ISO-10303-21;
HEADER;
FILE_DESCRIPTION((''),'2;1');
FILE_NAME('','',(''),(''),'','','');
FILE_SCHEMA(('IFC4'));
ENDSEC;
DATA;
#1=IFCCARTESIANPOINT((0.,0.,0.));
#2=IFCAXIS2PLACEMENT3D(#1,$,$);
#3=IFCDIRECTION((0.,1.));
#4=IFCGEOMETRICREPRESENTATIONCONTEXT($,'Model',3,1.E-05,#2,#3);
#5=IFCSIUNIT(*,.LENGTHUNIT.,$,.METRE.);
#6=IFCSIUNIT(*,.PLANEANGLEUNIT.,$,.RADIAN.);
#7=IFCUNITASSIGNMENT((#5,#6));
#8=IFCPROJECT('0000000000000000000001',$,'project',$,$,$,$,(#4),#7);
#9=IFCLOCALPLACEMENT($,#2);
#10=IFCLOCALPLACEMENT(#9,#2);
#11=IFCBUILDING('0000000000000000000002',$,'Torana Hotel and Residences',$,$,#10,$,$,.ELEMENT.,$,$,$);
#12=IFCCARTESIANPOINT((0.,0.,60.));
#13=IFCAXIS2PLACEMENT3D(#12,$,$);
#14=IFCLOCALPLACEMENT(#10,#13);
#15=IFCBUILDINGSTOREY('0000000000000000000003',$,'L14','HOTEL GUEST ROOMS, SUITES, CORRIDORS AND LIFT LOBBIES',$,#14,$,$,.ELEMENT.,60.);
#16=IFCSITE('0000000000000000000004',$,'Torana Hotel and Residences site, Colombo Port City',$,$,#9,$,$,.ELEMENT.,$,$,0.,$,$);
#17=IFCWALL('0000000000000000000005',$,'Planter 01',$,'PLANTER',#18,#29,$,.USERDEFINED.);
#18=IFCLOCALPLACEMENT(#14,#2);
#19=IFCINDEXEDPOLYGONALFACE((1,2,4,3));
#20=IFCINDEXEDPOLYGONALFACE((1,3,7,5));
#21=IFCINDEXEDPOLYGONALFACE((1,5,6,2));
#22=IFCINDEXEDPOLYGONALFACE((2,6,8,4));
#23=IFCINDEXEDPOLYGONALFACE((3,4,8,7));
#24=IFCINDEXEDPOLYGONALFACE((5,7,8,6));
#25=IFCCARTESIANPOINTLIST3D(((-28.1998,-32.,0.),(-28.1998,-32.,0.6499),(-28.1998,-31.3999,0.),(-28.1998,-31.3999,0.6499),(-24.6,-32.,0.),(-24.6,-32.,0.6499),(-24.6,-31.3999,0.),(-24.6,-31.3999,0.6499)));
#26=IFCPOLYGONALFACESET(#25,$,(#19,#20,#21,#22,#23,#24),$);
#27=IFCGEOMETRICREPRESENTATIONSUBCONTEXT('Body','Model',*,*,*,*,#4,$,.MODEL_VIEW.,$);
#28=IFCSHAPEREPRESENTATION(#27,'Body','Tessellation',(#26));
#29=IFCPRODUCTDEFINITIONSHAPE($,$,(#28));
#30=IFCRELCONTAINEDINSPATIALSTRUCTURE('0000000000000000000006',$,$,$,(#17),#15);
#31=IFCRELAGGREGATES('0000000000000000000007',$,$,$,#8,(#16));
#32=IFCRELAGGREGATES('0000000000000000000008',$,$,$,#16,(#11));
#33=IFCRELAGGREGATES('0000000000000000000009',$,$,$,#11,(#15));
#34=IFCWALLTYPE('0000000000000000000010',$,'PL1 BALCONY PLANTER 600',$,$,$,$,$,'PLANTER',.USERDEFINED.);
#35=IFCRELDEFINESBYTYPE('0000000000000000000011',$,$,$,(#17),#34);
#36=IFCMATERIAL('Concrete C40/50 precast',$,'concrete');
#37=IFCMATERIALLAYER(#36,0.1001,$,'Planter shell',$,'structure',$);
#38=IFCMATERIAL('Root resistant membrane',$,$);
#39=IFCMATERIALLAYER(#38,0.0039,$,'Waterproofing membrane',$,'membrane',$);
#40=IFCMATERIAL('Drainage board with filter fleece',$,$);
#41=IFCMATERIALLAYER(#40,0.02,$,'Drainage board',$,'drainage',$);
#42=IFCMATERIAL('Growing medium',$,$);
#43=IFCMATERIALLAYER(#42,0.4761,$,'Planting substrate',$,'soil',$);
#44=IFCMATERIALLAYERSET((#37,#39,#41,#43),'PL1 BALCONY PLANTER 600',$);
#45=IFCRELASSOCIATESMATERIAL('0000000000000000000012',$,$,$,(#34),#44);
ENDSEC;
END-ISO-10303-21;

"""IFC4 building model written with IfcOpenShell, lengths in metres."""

from ifc_helpers import new_model, si_unit, direction, frame, frame_2d, origin, place, context, subcontext, project, spatial, rectangle, extrude, material, layer, layer_set, type_object, element, save


model = new_model("IFC4")

# Units and contexts
model_context = context("Model", 3, precision=1e-05, world=origin(), true_north=direction((0.0, 1.0)))
body_context = subcontext(model_context, "Body", "Model", "MODEL_VIEW")
ifc_project = project(units=[si_unit("LENGTHUNIT", "METRE"), si_unit("PLANEANGLEUNIT", "RADIAN")], contexts=[model_context])

# Site, building, storey
site_placement = place(None, origin())
site = spatial("IfcSite", under=ifc_project, at=site_placement, Name="Torana Hotel and Residences site, Colombo Port City", CompositionType="ELEMENT", RefElevation=0.0)
building_placement = place(site_placement, origin())
building = spatial("IfcBuilding", under=site, at=building_placement, Name="Torana Hotel and Residences", CompositionType="ELEMENT")
storey_placement = place(building_placement, frame((0.0, 0.0, 60.0)))
storey = spatial("IfcBuildingStorey", under=building, at=storey_placement, Name="L14", Description="HOTEL GUEST ROOMS, SUITES, CORRIDORS AND LIFT LOBBIES", CompositionType="ELEMENT", Elevation=60.0)

# Wall
ifc_material_1 = material(Name="Concrete C40/50 precast", Category="concrete")
ifc_layer_1 = layer(ifc_material_1, 0.1001, Name="Planter shell", Category="structure")
ifc_material_2 = material(Name="Root resistant membrane")
ifc_layer_2 = layer(ifc_material_2, 0.0039, Name="Waterproofing membrane", Category="membrane")
ifc_material_3 = material(Name="Drainage board with filter fleece")
ifc_layer_3 = layer(ifc_material_3, 0.02, Name="Drainage board", Category="drainage")
ifc_material_4 = material(Name="Growing medium")
ifc_layer_4 = layer(ifc_material_4, 0.4761, Name="Planting substrate", Category="soil")
ifc_layer_set_1 = layer_set([ifc_layer_1, ifc_layer_2, ifc_layer_3, ifc_layer_4], Name="PL1 BALCONY PLANTER 600")
wall_type_1 = type_object("IfcWallType", Name="PL1 BALCONY PLANTER 600", ElementType="PLANTER", PredefinedType="USERDEFINED", material=ifc_layer_set_1)
wall_1_placement = place(storey_placement, frame((-24.6001, -31.7, 0.0), z_axis=(0.0, 0.0, 1.0), x_axis=(-1.0, 0.0, 0.0)))
element("IfcWall", 1, at=wall_1_placement, inside=storey, type_object=wall_type_1, Name="Planter 01", ObjectType="PLANTER", PredefinedType="USERDEFINED", context=body_context, shape_type="SweptSolid", body=[
    extrude(rectangle(XDim=3.5999, YDim=0.6001, at=frame_2d((1.7998, 0.0))), origin(), (0.0, 0.0, 1.0), 0.6499),
])

save(model, "model.ifc")
